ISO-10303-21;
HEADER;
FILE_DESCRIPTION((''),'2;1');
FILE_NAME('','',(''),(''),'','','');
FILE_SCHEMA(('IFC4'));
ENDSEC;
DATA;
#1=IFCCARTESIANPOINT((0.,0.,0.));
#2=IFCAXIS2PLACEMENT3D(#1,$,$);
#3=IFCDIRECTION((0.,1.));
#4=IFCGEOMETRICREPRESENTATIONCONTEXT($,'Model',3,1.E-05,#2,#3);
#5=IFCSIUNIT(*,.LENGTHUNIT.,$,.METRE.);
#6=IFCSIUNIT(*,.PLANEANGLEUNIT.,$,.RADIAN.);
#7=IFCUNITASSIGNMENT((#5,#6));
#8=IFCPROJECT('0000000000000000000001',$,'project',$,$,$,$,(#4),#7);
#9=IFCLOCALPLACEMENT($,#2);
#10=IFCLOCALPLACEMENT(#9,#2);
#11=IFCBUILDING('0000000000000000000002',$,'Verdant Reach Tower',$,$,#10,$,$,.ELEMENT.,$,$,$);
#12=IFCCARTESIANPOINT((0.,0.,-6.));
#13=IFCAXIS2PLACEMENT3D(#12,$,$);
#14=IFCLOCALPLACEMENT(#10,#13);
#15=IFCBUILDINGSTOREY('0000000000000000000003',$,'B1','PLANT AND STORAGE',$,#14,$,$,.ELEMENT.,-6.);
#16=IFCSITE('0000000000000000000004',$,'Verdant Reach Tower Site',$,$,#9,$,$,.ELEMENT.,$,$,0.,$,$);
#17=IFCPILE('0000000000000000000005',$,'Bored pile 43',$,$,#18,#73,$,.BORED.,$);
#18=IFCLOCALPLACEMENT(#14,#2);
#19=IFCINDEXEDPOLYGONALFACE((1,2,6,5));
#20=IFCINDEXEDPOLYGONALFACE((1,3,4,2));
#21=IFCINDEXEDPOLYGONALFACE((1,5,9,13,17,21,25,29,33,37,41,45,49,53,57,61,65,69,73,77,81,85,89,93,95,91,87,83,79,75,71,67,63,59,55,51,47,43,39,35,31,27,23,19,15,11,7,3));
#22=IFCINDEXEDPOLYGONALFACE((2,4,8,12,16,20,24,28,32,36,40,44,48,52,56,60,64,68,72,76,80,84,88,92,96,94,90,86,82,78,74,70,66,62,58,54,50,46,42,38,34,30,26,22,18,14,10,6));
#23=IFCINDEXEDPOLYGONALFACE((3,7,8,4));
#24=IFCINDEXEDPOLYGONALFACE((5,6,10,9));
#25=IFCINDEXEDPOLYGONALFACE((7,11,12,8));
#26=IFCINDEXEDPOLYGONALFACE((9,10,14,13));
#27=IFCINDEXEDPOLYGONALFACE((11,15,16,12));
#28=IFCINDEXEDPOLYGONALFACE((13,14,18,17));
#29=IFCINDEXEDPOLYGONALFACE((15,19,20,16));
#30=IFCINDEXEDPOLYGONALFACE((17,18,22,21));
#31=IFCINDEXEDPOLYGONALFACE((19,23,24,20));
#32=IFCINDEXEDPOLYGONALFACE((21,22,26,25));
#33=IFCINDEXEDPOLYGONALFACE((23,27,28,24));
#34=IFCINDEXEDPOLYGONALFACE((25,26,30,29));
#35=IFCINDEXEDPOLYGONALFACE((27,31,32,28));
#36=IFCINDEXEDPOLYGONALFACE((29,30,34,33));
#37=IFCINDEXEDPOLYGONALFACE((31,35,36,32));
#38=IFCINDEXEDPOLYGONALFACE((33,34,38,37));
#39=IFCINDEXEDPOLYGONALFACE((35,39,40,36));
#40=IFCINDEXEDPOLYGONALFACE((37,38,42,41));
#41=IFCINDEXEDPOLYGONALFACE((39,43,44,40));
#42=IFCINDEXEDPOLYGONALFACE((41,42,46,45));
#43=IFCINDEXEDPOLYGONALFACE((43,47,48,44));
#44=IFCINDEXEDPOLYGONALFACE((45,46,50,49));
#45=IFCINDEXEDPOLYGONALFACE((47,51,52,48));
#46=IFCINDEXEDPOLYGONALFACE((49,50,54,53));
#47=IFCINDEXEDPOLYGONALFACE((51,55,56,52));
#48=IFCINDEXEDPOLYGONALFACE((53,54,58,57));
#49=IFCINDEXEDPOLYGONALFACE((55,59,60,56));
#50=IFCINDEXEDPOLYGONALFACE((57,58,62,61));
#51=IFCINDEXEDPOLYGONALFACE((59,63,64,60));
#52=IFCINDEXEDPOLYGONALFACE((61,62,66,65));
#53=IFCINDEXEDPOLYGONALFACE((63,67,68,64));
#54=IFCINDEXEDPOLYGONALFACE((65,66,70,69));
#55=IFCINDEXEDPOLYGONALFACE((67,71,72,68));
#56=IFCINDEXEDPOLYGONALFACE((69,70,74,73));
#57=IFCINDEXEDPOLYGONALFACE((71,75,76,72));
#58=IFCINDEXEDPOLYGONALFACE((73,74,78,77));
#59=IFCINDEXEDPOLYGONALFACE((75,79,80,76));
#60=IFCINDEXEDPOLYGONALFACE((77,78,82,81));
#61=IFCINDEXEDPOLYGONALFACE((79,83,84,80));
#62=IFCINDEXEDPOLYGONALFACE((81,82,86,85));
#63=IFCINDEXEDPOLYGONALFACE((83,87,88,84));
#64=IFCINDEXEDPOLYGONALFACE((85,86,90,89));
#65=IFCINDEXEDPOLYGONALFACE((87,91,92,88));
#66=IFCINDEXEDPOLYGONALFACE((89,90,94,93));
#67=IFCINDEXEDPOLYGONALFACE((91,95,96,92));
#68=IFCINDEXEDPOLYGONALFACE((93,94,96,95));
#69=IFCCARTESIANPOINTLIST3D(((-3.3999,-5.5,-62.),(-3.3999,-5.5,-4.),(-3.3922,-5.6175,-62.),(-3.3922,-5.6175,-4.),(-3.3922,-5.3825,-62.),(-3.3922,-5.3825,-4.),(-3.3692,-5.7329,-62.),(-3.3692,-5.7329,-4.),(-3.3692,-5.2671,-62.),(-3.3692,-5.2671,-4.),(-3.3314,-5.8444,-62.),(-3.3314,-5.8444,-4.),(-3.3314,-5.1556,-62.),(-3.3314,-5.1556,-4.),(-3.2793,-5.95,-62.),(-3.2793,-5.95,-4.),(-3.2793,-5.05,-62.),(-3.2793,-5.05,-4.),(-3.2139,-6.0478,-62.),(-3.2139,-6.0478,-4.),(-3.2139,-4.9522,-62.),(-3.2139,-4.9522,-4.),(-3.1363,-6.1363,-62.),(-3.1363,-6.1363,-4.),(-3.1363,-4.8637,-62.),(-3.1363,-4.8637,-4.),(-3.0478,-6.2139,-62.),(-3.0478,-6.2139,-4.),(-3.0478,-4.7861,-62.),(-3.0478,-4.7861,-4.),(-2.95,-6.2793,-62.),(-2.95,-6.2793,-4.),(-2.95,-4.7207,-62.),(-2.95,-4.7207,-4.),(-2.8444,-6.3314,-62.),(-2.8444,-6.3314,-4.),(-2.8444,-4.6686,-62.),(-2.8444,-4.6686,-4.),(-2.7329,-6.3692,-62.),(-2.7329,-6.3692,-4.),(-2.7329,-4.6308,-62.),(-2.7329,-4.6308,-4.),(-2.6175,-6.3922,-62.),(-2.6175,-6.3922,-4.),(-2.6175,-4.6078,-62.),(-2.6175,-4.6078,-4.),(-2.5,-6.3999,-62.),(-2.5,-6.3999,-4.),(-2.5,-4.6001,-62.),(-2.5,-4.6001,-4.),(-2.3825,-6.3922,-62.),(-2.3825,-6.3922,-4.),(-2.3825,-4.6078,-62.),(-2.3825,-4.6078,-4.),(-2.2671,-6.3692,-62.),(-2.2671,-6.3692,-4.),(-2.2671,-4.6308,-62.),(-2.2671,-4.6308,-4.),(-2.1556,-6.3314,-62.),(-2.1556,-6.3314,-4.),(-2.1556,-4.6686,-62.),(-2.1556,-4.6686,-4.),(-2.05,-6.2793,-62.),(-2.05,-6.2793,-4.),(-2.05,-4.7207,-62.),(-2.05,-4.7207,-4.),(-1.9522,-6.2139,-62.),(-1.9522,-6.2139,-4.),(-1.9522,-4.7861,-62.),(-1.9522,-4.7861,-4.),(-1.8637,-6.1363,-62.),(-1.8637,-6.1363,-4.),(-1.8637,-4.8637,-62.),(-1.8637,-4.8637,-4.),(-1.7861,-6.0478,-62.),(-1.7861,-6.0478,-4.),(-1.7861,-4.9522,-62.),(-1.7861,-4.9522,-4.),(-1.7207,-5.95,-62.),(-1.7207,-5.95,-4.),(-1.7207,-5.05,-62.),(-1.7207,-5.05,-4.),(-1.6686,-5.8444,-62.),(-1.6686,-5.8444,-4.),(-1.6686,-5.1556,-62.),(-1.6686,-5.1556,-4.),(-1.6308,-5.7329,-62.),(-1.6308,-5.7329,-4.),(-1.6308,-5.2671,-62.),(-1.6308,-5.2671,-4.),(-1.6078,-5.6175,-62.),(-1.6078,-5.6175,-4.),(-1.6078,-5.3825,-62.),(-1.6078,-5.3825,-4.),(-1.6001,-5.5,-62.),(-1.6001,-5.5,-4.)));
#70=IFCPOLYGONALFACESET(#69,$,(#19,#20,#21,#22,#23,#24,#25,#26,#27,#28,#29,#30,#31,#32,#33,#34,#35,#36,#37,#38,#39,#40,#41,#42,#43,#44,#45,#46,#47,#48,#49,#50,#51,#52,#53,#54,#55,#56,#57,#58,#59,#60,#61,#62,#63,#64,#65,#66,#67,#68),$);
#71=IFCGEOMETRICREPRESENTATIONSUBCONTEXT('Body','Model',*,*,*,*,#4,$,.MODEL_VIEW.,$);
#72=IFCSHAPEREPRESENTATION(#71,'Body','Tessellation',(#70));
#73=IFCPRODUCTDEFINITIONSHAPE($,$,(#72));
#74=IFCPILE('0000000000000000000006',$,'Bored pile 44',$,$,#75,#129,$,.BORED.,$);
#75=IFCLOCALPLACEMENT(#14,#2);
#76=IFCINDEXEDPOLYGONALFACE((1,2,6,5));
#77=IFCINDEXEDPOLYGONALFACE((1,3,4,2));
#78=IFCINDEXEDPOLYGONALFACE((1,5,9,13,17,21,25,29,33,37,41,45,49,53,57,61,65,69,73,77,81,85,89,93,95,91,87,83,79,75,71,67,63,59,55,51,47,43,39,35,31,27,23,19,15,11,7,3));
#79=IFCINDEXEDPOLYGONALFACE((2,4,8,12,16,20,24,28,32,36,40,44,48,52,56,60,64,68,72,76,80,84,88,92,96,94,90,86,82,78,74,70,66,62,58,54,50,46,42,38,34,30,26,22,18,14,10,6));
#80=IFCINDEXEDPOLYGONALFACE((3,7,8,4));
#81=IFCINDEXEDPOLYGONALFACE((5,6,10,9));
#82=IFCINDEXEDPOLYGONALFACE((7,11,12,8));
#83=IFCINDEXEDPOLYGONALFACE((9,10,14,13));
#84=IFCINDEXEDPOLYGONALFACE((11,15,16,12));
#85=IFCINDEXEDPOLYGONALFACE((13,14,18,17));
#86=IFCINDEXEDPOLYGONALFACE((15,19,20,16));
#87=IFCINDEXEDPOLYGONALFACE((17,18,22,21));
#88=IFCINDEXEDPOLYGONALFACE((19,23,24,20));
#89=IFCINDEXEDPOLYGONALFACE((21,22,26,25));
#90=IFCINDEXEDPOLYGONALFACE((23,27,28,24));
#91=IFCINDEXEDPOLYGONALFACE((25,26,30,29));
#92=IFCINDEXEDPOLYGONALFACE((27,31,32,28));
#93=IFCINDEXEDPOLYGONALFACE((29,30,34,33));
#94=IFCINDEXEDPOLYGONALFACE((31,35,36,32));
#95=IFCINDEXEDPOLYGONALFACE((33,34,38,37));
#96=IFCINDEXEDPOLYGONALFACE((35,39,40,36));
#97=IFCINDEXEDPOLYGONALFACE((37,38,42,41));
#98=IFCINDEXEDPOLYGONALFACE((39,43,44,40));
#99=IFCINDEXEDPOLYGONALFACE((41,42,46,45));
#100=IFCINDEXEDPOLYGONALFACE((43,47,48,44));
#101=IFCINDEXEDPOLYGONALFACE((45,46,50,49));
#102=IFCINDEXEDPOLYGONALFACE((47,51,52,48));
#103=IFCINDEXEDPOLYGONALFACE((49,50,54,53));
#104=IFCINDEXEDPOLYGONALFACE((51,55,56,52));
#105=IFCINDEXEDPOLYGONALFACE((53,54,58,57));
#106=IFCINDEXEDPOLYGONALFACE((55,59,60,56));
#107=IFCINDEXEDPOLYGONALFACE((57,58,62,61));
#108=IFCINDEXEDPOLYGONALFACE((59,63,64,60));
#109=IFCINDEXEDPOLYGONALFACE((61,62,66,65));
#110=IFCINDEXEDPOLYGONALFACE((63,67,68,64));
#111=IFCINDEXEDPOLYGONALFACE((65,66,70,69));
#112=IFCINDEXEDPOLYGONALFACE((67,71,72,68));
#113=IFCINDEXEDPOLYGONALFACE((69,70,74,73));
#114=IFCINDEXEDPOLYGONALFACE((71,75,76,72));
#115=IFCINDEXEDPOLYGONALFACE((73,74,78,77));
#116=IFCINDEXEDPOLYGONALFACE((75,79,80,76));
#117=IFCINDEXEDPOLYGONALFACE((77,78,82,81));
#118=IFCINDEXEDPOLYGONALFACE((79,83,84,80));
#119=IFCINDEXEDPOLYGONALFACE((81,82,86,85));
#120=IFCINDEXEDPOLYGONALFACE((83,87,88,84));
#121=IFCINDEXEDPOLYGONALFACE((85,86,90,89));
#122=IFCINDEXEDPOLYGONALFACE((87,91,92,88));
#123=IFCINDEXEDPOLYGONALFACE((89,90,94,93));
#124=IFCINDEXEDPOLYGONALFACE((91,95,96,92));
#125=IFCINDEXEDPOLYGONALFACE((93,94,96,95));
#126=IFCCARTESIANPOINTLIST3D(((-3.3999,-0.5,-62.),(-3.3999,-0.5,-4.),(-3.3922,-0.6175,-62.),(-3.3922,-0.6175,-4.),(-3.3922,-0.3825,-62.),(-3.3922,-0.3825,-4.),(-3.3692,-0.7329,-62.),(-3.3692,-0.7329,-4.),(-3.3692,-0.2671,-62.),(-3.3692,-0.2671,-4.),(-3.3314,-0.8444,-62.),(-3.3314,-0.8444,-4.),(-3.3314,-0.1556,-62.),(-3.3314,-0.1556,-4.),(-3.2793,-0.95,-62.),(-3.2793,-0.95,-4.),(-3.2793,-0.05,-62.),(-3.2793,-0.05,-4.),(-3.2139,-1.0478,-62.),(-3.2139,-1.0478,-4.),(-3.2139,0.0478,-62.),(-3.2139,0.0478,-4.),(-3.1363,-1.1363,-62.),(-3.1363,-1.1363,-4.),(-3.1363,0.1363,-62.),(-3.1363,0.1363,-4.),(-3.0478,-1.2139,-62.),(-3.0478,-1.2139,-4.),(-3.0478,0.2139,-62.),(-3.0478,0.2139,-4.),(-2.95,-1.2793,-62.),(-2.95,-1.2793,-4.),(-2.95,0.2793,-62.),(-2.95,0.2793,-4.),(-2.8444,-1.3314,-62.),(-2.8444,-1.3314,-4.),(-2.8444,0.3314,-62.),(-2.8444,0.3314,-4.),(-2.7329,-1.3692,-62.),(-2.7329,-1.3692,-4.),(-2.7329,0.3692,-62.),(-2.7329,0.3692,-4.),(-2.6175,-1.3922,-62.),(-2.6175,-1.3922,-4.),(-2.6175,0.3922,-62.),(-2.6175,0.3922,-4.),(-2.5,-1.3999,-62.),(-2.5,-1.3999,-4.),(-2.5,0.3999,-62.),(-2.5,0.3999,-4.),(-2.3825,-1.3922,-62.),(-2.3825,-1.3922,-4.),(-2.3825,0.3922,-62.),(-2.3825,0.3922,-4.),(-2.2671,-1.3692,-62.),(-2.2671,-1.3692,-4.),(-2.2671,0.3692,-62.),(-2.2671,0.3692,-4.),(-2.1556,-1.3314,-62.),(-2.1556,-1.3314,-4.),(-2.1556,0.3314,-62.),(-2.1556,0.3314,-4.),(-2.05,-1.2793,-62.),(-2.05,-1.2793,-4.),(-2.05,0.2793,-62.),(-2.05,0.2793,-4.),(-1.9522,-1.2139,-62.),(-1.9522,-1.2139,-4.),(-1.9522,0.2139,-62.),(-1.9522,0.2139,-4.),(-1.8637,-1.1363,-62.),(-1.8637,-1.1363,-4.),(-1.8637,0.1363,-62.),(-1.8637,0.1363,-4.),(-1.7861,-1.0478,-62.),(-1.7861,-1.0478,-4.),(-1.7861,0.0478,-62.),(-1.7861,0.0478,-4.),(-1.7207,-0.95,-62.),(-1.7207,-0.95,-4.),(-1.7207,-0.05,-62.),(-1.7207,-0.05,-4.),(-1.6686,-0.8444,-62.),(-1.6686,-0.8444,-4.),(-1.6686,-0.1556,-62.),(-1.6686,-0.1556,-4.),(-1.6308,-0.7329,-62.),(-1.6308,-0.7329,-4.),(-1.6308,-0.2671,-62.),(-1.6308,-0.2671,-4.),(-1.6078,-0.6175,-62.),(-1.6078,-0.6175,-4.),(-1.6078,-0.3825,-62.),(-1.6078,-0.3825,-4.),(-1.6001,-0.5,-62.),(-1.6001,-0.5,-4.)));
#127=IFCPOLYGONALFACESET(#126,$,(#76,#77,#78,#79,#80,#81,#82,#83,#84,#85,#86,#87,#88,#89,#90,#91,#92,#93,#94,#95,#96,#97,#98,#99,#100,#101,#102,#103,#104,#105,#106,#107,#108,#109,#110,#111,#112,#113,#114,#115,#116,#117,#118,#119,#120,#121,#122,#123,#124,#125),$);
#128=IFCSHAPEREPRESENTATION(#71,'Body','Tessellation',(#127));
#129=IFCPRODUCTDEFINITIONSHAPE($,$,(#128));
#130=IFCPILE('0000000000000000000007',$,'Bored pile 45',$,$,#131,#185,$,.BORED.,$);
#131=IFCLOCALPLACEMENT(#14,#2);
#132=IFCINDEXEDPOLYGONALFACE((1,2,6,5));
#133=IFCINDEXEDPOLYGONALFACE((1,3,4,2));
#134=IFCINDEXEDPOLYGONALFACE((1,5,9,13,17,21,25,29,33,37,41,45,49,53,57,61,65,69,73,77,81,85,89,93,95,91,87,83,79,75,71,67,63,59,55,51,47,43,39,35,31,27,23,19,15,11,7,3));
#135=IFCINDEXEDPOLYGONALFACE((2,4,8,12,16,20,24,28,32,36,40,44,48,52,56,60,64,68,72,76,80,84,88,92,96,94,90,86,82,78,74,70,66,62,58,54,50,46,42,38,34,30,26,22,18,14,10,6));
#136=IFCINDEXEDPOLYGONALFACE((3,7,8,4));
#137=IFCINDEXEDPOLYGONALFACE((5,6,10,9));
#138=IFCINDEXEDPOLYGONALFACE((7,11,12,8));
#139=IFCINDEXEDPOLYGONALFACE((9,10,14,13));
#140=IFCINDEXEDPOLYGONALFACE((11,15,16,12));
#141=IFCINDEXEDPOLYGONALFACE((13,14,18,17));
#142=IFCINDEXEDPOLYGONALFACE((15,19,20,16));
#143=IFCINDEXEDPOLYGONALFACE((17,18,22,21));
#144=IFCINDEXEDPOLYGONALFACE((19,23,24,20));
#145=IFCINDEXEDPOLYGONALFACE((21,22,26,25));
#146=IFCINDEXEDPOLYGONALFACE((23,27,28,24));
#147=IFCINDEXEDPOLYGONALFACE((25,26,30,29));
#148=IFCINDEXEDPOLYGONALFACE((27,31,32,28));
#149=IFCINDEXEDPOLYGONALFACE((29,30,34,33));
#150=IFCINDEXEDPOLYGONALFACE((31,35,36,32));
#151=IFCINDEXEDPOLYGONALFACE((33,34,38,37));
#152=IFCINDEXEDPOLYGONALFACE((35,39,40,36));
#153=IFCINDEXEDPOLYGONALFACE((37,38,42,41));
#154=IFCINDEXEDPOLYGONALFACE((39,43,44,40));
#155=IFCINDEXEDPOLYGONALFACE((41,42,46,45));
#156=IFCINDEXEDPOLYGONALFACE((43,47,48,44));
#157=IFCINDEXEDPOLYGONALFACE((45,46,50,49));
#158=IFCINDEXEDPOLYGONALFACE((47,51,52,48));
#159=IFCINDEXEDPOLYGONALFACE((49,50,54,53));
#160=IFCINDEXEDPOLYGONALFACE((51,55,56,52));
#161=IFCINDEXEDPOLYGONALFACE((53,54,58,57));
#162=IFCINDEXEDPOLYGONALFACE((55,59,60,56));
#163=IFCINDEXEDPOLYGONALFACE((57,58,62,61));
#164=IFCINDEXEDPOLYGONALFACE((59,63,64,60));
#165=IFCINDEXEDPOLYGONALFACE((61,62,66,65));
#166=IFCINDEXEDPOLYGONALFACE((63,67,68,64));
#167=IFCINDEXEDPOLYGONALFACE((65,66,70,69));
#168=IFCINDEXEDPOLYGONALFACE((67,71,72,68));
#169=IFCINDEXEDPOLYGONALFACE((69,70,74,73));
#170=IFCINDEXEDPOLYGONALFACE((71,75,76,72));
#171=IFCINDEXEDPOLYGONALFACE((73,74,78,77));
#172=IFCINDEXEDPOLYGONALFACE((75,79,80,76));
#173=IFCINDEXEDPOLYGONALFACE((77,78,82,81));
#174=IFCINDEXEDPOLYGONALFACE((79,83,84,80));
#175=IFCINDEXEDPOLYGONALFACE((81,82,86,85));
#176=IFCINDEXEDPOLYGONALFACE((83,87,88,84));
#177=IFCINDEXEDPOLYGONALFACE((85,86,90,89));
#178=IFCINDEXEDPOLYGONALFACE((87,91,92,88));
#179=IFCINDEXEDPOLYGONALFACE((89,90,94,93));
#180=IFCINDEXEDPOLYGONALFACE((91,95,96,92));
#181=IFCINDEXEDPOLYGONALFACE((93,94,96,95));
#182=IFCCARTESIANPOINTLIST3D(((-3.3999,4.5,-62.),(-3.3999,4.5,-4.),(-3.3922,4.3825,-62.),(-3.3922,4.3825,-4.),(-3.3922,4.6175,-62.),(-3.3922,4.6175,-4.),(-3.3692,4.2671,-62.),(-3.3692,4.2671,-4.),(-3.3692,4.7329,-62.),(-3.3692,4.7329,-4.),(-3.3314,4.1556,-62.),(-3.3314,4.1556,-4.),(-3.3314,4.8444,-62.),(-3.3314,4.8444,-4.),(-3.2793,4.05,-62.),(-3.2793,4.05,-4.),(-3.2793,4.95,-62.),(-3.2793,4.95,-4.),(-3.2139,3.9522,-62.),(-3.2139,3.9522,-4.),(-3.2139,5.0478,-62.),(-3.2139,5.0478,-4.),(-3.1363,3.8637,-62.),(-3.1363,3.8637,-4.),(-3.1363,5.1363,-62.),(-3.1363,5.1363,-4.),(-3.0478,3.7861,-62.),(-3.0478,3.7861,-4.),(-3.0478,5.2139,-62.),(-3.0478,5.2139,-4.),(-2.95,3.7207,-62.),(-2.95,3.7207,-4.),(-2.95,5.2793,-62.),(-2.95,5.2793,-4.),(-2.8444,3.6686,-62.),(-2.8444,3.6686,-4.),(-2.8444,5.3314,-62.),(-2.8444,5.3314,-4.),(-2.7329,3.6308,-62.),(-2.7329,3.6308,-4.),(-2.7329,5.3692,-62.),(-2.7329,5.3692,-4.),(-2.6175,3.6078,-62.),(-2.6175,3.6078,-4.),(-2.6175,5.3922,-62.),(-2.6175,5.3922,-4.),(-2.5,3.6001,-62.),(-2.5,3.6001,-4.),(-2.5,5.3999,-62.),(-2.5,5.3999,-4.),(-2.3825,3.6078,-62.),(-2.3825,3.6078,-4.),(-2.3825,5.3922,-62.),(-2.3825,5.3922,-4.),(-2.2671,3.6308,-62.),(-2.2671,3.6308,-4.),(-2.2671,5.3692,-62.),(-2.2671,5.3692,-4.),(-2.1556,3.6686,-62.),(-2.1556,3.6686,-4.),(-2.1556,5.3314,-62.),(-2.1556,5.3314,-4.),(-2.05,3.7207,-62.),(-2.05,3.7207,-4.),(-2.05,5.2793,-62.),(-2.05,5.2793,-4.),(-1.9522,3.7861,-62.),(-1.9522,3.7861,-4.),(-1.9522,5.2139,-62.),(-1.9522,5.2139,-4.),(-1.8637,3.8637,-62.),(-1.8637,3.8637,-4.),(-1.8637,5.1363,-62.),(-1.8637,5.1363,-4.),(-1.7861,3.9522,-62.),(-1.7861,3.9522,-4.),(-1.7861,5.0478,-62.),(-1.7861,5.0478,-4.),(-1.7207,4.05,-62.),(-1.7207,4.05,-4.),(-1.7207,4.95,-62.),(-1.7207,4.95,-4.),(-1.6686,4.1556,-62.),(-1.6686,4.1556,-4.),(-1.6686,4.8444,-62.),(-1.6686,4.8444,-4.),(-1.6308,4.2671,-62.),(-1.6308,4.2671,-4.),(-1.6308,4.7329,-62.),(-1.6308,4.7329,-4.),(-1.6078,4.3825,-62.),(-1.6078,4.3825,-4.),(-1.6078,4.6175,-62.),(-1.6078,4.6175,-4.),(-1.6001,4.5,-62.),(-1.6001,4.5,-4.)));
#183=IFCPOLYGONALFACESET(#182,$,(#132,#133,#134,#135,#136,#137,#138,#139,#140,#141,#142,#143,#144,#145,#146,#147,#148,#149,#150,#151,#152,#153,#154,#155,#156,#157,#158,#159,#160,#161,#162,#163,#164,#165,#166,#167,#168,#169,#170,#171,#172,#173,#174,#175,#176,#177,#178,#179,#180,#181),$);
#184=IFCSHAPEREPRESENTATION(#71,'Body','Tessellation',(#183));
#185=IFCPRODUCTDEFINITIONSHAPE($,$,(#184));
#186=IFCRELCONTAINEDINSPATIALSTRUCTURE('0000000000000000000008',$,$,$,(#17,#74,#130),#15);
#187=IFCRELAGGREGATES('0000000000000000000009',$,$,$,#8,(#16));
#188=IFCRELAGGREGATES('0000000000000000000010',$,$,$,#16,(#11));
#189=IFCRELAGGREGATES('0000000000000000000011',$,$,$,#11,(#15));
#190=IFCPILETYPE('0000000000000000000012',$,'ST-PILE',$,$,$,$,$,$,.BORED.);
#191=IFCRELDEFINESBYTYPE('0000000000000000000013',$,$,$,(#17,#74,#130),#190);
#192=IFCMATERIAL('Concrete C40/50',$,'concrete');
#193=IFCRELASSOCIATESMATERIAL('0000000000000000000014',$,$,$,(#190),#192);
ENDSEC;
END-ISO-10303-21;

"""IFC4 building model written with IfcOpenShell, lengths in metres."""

from ifc_helpers import new_model, si_unit, direction, frame, origin, origin_2d, place, context, subcontext, project, spatial, circle, extrude, material, material_profile, profile_set, type_object, element, save


model = new_model("IFC4")

# Units and contexts
model_context = context("Model", 3, precision=1e-05, world=origin(), true_north=direction((0.0, 1.0)))
body_context = subcontext(model_context, "Body", "Model", "MODEL_VIEW")
ifc_project = project(units=[si_unit("LENGTHUNIT", "METRE"), si_unit("PLANEANGLEUNIT", "RADIAN")], contexts=[model_context])

# Site, building, storey
site_placement = place(None, origin())
site = spatial("IfcSite", under=ifc_project, at=site_placement, Name="Verdant Reach Tower Site", CompositionType="ELEMENT", RefElevation=0.0)
building_placement = place(site_placement, origin())
building = spatial("IfcBuilding", under=site, at=building_placement, Name="Verdant Reach Tower", CompositionType="ELEMENT")
storey_placement = place(building_placement, frame((0.0, 0.0, -6.0)))
storey = spatial("IfcBuildingStorey", under=building, at=storey_placement, Name="B1", Description="PLANT AND STORAGE", CompositionType="ELEMENT", Elevation=-6.0)

# Piles
ifc_material_1 = material(Name="Concrete C40/50", Category="concrete")
ifc_material_profile_1 = material_profile(ifc_material_1, circle(Radius=0.8999, at=origin_2d()), Name="BP 1800")
ifc_profile_set_1 = profile_set([ifc_material_profile_1], Name="Concrete C40/50")
pile_type = type_object("IfcPileType", Name="ST-PILE", PredefinedType="BORED", material=ifc_profile_set_1)
for number, where, z_axis, x_axis, name in (
    (1, (-2.5, -5.5, -4.0), (0.0, 0.0, -1.0), (1.0, 0.0, 0.0), "Bored pile 43"),
    (2, (-2.5, -0.5, -4.0), (0.0, 0.0, -1.0), (1.0, 0.0, 0.0), "Bored pile 44"),
    (3, (-2.5, 4.5, -4.0), (0.0, 0.0, -1.0), (1.0, 0.0, 0.0), "Bored pile 45"),
):
    element("IfcPile", number, at=place(storey_placement, frame(where, z_axis=z_axis, x_axis=x_axis)), inside=storey, type_object=pile_type, Name=name, PredefinedType="BORED", context=body_context, shape_type="SweptSolid", body=[
        extrude(circle(Radius=0.8999, at=origin_2d()), origin(), (0.0, 0.0, 1.0), 58.0),
    ])

save(model, "model.ifc")
